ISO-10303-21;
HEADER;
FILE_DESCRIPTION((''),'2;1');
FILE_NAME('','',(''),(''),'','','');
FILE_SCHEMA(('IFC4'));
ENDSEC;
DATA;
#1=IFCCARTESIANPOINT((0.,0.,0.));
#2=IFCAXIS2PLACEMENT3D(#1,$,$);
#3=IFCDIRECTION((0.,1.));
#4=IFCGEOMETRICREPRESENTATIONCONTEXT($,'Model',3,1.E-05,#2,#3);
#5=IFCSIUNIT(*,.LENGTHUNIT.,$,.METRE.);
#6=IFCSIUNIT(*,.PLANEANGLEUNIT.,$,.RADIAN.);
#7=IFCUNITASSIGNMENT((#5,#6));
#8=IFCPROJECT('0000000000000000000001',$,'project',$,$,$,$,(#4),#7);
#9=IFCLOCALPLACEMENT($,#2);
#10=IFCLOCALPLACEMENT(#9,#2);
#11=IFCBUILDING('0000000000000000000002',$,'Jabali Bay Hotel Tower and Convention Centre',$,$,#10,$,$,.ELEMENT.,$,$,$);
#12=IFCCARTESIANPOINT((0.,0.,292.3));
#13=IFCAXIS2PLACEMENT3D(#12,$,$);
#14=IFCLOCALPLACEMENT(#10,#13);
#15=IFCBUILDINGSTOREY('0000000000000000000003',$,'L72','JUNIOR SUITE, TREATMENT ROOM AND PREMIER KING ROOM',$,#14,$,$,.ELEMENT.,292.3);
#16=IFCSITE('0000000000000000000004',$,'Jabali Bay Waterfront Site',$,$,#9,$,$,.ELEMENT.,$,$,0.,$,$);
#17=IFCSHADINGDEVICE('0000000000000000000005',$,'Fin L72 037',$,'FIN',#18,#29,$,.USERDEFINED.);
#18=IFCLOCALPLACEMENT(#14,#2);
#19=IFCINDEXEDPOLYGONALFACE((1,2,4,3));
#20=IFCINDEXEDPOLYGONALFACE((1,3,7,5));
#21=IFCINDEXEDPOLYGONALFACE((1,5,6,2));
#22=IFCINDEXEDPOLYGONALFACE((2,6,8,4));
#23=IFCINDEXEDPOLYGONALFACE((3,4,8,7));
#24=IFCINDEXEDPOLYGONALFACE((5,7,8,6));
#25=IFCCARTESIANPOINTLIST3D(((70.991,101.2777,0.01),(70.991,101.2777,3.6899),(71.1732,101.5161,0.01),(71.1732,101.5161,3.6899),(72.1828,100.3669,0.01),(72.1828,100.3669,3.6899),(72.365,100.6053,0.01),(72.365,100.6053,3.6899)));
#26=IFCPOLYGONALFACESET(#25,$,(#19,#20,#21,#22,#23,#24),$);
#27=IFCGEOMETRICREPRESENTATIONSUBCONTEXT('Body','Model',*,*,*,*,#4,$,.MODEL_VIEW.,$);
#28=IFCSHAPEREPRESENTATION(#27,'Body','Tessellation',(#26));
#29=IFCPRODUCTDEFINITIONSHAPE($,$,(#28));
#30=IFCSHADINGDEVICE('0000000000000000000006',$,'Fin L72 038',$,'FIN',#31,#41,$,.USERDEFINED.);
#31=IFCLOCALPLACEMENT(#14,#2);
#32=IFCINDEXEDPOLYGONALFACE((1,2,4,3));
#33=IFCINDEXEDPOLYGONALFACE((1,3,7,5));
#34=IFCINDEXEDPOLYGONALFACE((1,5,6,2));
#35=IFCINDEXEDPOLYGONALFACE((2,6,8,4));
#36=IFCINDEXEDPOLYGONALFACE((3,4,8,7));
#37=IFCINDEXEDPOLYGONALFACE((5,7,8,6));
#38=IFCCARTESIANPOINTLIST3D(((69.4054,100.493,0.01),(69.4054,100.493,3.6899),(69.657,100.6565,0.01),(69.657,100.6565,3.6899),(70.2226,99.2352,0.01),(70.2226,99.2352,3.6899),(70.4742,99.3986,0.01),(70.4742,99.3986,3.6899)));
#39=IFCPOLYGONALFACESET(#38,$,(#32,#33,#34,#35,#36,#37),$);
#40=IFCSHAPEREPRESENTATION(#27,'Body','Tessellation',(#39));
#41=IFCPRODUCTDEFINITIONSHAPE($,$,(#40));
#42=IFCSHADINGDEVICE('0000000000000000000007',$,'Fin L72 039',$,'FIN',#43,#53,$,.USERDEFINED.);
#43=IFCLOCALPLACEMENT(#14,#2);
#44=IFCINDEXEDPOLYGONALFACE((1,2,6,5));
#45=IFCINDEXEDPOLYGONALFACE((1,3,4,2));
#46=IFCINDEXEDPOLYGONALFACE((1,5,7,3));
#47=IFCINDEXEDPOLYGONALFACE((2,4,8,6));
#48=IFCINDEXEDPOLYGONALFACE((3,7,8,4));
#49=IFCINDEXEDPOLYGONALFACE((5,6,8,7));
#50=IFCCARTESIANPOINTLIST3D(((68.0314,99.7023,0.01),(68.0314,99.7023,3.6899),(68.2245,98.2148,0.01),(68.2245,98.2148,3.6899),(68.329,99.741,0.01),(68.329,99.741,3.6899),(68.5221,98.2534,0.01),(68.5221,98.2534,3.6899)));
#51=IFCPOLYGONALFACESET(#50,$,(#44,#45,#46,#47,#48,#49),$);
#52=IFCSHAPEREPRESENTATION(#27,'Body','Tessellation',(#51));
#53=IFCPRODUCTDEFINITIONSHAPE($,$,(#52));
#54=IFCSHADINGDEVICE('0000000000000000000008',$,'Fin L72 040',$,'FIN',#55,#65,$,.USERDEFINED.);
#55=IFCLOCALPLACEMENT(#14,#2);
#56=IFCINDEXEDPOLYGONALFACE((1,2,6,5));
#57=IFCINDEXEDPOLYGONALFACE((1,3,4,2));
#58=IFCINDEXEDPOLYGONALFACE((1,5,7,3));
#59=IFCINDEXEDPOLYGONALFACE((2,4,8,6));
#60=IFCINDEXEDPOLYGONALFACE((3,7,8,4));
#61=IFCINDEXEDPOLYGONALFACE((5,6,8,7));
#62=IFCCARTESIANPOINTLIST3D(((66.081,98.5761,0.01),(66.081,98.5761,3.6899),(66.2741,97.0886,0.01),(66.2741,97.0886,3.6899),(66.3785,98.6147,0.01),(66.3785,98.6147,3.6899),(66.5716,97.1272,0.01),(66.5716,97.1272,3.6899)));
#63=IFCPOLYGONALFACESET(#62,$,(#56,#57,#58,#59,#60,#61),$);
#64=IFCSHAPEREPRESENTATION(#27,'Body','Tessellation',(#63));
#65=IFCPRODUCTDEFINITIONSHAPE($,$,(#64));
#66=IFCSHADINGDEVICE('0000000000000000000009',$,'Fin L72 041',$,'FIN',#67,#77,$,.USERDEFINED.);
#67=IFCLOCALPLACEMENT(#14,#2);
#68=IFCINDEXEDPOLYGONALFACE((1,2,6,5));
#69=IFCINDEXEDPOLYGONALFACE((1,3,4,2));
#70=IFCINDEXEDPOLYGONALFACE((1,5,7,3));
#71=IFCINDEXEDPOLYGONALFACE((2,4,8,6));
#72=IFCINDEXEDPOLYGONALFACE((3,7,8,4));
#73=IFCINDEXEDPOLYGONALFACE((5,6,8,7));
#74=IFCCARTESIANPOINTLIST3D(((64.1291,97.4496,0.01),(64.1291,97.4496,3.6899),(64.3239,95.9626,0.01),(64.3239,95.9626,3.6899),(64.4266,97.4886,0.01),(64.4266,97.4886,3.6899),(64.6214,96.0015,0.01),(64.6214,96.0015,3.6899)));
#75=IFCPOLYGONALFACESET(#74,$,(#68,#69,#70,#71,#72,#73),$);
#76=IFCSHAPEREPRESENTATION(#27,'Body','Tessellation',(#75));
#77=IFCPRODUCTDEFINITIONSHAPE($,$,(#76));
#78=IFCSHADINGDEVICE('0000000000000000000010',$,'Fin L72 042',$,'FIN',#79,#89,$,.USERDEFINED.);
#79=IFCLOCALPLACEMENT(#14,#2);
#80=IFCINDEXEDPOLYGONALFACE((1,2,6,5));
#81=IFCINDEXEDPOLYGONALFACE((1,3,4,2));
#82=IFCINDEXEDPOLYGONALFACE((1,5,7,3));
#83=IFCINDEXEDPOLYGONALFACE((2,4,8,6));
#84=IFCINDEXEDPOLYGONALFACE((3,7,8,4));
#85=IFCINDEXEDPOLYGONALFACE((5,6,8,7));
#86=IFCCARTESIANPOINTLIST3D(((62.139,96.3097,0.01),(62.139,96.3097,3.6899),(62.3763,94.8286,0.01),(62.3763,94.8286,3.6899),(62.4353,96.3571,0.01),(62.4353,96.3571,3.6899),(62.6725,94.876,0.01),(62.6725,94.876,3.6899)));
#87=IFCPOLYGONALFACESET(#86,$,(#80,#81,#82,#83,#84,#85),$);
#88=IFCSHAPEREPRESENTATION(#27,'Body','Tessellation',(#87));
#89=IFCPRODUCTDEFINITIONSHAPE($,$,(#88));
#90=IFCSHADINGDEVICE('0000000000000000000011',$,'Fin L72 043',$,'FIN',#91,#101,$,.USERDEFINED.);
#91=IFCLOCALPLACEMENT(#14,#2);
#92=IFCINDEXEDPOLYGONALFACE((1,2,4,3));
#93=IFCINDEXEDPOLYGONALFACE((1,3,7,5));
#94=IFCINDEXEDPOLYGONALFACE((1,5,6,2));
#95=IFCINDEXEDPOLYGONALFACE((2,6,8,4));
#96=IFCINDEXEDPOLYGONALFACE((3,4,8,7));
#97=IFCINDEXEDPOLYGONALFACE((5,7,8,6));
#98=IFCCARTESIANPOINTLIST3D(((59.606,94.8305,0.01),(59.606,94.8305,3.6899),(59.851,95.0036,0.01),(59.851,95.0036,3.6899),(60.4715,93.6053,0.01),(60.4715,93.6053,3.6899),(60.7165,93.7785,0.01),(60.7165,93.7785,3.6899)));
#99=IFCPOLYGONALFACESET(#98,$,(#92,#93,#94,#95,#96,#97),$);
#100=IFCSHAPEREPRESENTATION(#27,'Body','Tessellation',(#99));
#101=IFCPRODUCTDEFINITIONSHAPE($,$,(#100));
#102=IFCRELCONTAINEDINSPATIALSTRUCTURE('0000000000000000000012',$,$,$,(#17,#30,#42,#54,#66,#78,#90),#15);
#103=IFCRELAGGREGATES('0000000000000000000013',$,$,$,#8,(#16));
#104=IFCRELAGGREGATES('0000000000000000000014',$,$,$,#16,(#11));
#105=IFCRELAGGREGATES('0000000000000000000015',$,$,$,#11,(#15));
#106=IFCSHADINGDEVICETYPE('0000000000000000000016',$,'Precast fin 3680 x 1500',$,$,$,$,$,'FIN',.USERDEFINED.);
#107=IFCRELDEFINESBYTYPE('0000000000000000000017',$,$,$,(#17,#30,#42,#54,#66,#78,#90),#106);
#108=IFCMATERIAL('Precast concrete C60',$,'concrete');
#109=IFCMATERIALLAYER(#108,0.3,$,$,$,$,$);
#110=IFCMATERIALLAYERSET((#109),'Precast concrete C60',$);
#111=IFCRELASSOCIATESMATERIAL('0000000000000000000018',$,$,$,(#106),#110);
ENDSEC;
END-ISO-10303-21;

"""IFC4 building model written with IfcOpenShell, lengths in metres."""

from ifc_helpers import new_model, si_unit, direction, frame, frame_2d, origin, place, context, subcontext, project, spatial, rectangle, extrude, material, layer, layer_set, type_object, element, save


model = new_model("IFC4")

# Units and contexts
model_context = context("Model", 3, precision=1e-05, world=origin(), true_north=direction((0.0, 1.0)))
body_context = subcontext(model_context, "Body", "Model", "MODEL_VIEW")
ifc_project = project(units=[si_unit("LENGTHUNIT", "METRE"), si_unit("PLANEANGLEUNIT", "RADIAN")], contexts=[model_context])

# Site, building, storey
site_placement = place(None, origin())
site = spatial("IfcSite", under=ifc_project, at=site_placement, Name="Jabali Bay Waterfront Site", CompositionType="ELEMENT", RefElevation=0.0)
building_placement = place(site_placement, origin())
building = spatial("IfcBuilding", under=site, at=building_placement, Name="Jabali Bay Hotel Tower and Convention Centre", CompositionType="ELEMENT")
storey_placement = place(building_placement, frame((0.0, 0.0, 292.3)))
storey = spatial("IfcBuildingStorey", under=building, at=storey_placement, Name="L72", Description="JUNIOR SUITE, TREATMENT ROOM AND PREMIER KING ROOM", CompositionType="ELEMENT", Elevation=292.3)

# Shading devices
ifc_material_1 = material(Name="Precast concrete C60", Category="concrete")
ifc_layer_1 = layer(ifc_material_1, 0.3)
ifc_layer_set_1 = layer_set([ifc_layer_1], Name="Precast concrete C60")
shading_device_type = type_object("IfcShadingDeviceType", Name="Precast fin 3680 x 1500", ElementType="FIN", PredefinedType="USERDEFINED", material=ifc_layer_set_1)
for number, where, z_axis, x_axis, name in (
    (1, (72.2739, 100.4861, 0.01), (0.0, 0.0, 1.0), (-0.794538, 0.607214, 0.0), "Fin L72 037"),
    (2, (70.3484, 99.3169, 0.01), (0.0, 0.0, 1.0), (-0.544782, 0.838577, 0.0), "Fin L72 038"),
    (3, (68.3733, 98.2341, 0.01), (0.0, 0.0, 1.0), (-0.128741, 0.991678, 0.0), "Fin L72 039"),
    (4, (66.4229, 97.1079, 0.01), (0.0, 0.0, 1.0), (-0.128741, 0.991678, 0.0), "Fin L72 040"),
):
    element("IfcShadingDevice", number, at=place(storey_placement, frame(where, z_axis=z_axis, x_axis=x_axis)), inside=storey, type_object=shading_device_type, Name=name, ObjectType="FIN", PredefinedType="USERDEFINED", context=body_context, shape_type="SweptSolid", body=[
        extrude(rectangle(XDim=1.5, YDim=0.3, at=frame_2d((0.75, 0.0))), origin(), (0.0, 0.0, 1.0), 3.6799),
    ])
shading_device_placement = place(storey_placement, frame((64.4727, 95.9819, 0.01), z_axis=(0.0, 0.0, 1.0), x_axis=(-0.129903, 0.991527, 0.0)))
element("IfcShadingDevice", 5, at=shading_device_placement, inside=storey, type_object=shading_device_type, Name="Fin L72 041", ObjectType="FIN", PredefinedType="USERDEFINED", context=body_context, shape_type="SweptSolid", body=[
    extrude(rectangle(XDim=1.4998, YDim=0.3, at=frame_2d((0.75, 0.0))), origin(), (0.0, 0.0, 1.0), 3.6799),
])
for number, where, z_axis, x_axis, name in (
    (6, (62.5244, 94.8523, 0.01), (0.0, 0.0, 1.0), (-0.158194, 0.987408, 0.0), "Fin L72 042"),
    (7, (60.594, 93.6919, 0.01), (0.0, 0.0, 1.0), (-0.576996, 0.816747, 0.0), "Fin L72 043"),
):
    element("IfcShadingDevice", number, at=place(storey_placement, frame(where, z_axis=z_axis, x_axis=x_axis)), inside=storey, type_object=shading_device_type, Name=name, ObjectType="FIN", PredefinedType="USERDEFINED", context=body_context, shape_type="SweptSolid", body=[
        extrude(rectangle(XDim=1.5, YDim=0.3, at=frame_2d((0.75, 0.0))), origin(), (0.0, 0.0, 1.0), 3.6799),
    ])

save(model, "model.ifc")
